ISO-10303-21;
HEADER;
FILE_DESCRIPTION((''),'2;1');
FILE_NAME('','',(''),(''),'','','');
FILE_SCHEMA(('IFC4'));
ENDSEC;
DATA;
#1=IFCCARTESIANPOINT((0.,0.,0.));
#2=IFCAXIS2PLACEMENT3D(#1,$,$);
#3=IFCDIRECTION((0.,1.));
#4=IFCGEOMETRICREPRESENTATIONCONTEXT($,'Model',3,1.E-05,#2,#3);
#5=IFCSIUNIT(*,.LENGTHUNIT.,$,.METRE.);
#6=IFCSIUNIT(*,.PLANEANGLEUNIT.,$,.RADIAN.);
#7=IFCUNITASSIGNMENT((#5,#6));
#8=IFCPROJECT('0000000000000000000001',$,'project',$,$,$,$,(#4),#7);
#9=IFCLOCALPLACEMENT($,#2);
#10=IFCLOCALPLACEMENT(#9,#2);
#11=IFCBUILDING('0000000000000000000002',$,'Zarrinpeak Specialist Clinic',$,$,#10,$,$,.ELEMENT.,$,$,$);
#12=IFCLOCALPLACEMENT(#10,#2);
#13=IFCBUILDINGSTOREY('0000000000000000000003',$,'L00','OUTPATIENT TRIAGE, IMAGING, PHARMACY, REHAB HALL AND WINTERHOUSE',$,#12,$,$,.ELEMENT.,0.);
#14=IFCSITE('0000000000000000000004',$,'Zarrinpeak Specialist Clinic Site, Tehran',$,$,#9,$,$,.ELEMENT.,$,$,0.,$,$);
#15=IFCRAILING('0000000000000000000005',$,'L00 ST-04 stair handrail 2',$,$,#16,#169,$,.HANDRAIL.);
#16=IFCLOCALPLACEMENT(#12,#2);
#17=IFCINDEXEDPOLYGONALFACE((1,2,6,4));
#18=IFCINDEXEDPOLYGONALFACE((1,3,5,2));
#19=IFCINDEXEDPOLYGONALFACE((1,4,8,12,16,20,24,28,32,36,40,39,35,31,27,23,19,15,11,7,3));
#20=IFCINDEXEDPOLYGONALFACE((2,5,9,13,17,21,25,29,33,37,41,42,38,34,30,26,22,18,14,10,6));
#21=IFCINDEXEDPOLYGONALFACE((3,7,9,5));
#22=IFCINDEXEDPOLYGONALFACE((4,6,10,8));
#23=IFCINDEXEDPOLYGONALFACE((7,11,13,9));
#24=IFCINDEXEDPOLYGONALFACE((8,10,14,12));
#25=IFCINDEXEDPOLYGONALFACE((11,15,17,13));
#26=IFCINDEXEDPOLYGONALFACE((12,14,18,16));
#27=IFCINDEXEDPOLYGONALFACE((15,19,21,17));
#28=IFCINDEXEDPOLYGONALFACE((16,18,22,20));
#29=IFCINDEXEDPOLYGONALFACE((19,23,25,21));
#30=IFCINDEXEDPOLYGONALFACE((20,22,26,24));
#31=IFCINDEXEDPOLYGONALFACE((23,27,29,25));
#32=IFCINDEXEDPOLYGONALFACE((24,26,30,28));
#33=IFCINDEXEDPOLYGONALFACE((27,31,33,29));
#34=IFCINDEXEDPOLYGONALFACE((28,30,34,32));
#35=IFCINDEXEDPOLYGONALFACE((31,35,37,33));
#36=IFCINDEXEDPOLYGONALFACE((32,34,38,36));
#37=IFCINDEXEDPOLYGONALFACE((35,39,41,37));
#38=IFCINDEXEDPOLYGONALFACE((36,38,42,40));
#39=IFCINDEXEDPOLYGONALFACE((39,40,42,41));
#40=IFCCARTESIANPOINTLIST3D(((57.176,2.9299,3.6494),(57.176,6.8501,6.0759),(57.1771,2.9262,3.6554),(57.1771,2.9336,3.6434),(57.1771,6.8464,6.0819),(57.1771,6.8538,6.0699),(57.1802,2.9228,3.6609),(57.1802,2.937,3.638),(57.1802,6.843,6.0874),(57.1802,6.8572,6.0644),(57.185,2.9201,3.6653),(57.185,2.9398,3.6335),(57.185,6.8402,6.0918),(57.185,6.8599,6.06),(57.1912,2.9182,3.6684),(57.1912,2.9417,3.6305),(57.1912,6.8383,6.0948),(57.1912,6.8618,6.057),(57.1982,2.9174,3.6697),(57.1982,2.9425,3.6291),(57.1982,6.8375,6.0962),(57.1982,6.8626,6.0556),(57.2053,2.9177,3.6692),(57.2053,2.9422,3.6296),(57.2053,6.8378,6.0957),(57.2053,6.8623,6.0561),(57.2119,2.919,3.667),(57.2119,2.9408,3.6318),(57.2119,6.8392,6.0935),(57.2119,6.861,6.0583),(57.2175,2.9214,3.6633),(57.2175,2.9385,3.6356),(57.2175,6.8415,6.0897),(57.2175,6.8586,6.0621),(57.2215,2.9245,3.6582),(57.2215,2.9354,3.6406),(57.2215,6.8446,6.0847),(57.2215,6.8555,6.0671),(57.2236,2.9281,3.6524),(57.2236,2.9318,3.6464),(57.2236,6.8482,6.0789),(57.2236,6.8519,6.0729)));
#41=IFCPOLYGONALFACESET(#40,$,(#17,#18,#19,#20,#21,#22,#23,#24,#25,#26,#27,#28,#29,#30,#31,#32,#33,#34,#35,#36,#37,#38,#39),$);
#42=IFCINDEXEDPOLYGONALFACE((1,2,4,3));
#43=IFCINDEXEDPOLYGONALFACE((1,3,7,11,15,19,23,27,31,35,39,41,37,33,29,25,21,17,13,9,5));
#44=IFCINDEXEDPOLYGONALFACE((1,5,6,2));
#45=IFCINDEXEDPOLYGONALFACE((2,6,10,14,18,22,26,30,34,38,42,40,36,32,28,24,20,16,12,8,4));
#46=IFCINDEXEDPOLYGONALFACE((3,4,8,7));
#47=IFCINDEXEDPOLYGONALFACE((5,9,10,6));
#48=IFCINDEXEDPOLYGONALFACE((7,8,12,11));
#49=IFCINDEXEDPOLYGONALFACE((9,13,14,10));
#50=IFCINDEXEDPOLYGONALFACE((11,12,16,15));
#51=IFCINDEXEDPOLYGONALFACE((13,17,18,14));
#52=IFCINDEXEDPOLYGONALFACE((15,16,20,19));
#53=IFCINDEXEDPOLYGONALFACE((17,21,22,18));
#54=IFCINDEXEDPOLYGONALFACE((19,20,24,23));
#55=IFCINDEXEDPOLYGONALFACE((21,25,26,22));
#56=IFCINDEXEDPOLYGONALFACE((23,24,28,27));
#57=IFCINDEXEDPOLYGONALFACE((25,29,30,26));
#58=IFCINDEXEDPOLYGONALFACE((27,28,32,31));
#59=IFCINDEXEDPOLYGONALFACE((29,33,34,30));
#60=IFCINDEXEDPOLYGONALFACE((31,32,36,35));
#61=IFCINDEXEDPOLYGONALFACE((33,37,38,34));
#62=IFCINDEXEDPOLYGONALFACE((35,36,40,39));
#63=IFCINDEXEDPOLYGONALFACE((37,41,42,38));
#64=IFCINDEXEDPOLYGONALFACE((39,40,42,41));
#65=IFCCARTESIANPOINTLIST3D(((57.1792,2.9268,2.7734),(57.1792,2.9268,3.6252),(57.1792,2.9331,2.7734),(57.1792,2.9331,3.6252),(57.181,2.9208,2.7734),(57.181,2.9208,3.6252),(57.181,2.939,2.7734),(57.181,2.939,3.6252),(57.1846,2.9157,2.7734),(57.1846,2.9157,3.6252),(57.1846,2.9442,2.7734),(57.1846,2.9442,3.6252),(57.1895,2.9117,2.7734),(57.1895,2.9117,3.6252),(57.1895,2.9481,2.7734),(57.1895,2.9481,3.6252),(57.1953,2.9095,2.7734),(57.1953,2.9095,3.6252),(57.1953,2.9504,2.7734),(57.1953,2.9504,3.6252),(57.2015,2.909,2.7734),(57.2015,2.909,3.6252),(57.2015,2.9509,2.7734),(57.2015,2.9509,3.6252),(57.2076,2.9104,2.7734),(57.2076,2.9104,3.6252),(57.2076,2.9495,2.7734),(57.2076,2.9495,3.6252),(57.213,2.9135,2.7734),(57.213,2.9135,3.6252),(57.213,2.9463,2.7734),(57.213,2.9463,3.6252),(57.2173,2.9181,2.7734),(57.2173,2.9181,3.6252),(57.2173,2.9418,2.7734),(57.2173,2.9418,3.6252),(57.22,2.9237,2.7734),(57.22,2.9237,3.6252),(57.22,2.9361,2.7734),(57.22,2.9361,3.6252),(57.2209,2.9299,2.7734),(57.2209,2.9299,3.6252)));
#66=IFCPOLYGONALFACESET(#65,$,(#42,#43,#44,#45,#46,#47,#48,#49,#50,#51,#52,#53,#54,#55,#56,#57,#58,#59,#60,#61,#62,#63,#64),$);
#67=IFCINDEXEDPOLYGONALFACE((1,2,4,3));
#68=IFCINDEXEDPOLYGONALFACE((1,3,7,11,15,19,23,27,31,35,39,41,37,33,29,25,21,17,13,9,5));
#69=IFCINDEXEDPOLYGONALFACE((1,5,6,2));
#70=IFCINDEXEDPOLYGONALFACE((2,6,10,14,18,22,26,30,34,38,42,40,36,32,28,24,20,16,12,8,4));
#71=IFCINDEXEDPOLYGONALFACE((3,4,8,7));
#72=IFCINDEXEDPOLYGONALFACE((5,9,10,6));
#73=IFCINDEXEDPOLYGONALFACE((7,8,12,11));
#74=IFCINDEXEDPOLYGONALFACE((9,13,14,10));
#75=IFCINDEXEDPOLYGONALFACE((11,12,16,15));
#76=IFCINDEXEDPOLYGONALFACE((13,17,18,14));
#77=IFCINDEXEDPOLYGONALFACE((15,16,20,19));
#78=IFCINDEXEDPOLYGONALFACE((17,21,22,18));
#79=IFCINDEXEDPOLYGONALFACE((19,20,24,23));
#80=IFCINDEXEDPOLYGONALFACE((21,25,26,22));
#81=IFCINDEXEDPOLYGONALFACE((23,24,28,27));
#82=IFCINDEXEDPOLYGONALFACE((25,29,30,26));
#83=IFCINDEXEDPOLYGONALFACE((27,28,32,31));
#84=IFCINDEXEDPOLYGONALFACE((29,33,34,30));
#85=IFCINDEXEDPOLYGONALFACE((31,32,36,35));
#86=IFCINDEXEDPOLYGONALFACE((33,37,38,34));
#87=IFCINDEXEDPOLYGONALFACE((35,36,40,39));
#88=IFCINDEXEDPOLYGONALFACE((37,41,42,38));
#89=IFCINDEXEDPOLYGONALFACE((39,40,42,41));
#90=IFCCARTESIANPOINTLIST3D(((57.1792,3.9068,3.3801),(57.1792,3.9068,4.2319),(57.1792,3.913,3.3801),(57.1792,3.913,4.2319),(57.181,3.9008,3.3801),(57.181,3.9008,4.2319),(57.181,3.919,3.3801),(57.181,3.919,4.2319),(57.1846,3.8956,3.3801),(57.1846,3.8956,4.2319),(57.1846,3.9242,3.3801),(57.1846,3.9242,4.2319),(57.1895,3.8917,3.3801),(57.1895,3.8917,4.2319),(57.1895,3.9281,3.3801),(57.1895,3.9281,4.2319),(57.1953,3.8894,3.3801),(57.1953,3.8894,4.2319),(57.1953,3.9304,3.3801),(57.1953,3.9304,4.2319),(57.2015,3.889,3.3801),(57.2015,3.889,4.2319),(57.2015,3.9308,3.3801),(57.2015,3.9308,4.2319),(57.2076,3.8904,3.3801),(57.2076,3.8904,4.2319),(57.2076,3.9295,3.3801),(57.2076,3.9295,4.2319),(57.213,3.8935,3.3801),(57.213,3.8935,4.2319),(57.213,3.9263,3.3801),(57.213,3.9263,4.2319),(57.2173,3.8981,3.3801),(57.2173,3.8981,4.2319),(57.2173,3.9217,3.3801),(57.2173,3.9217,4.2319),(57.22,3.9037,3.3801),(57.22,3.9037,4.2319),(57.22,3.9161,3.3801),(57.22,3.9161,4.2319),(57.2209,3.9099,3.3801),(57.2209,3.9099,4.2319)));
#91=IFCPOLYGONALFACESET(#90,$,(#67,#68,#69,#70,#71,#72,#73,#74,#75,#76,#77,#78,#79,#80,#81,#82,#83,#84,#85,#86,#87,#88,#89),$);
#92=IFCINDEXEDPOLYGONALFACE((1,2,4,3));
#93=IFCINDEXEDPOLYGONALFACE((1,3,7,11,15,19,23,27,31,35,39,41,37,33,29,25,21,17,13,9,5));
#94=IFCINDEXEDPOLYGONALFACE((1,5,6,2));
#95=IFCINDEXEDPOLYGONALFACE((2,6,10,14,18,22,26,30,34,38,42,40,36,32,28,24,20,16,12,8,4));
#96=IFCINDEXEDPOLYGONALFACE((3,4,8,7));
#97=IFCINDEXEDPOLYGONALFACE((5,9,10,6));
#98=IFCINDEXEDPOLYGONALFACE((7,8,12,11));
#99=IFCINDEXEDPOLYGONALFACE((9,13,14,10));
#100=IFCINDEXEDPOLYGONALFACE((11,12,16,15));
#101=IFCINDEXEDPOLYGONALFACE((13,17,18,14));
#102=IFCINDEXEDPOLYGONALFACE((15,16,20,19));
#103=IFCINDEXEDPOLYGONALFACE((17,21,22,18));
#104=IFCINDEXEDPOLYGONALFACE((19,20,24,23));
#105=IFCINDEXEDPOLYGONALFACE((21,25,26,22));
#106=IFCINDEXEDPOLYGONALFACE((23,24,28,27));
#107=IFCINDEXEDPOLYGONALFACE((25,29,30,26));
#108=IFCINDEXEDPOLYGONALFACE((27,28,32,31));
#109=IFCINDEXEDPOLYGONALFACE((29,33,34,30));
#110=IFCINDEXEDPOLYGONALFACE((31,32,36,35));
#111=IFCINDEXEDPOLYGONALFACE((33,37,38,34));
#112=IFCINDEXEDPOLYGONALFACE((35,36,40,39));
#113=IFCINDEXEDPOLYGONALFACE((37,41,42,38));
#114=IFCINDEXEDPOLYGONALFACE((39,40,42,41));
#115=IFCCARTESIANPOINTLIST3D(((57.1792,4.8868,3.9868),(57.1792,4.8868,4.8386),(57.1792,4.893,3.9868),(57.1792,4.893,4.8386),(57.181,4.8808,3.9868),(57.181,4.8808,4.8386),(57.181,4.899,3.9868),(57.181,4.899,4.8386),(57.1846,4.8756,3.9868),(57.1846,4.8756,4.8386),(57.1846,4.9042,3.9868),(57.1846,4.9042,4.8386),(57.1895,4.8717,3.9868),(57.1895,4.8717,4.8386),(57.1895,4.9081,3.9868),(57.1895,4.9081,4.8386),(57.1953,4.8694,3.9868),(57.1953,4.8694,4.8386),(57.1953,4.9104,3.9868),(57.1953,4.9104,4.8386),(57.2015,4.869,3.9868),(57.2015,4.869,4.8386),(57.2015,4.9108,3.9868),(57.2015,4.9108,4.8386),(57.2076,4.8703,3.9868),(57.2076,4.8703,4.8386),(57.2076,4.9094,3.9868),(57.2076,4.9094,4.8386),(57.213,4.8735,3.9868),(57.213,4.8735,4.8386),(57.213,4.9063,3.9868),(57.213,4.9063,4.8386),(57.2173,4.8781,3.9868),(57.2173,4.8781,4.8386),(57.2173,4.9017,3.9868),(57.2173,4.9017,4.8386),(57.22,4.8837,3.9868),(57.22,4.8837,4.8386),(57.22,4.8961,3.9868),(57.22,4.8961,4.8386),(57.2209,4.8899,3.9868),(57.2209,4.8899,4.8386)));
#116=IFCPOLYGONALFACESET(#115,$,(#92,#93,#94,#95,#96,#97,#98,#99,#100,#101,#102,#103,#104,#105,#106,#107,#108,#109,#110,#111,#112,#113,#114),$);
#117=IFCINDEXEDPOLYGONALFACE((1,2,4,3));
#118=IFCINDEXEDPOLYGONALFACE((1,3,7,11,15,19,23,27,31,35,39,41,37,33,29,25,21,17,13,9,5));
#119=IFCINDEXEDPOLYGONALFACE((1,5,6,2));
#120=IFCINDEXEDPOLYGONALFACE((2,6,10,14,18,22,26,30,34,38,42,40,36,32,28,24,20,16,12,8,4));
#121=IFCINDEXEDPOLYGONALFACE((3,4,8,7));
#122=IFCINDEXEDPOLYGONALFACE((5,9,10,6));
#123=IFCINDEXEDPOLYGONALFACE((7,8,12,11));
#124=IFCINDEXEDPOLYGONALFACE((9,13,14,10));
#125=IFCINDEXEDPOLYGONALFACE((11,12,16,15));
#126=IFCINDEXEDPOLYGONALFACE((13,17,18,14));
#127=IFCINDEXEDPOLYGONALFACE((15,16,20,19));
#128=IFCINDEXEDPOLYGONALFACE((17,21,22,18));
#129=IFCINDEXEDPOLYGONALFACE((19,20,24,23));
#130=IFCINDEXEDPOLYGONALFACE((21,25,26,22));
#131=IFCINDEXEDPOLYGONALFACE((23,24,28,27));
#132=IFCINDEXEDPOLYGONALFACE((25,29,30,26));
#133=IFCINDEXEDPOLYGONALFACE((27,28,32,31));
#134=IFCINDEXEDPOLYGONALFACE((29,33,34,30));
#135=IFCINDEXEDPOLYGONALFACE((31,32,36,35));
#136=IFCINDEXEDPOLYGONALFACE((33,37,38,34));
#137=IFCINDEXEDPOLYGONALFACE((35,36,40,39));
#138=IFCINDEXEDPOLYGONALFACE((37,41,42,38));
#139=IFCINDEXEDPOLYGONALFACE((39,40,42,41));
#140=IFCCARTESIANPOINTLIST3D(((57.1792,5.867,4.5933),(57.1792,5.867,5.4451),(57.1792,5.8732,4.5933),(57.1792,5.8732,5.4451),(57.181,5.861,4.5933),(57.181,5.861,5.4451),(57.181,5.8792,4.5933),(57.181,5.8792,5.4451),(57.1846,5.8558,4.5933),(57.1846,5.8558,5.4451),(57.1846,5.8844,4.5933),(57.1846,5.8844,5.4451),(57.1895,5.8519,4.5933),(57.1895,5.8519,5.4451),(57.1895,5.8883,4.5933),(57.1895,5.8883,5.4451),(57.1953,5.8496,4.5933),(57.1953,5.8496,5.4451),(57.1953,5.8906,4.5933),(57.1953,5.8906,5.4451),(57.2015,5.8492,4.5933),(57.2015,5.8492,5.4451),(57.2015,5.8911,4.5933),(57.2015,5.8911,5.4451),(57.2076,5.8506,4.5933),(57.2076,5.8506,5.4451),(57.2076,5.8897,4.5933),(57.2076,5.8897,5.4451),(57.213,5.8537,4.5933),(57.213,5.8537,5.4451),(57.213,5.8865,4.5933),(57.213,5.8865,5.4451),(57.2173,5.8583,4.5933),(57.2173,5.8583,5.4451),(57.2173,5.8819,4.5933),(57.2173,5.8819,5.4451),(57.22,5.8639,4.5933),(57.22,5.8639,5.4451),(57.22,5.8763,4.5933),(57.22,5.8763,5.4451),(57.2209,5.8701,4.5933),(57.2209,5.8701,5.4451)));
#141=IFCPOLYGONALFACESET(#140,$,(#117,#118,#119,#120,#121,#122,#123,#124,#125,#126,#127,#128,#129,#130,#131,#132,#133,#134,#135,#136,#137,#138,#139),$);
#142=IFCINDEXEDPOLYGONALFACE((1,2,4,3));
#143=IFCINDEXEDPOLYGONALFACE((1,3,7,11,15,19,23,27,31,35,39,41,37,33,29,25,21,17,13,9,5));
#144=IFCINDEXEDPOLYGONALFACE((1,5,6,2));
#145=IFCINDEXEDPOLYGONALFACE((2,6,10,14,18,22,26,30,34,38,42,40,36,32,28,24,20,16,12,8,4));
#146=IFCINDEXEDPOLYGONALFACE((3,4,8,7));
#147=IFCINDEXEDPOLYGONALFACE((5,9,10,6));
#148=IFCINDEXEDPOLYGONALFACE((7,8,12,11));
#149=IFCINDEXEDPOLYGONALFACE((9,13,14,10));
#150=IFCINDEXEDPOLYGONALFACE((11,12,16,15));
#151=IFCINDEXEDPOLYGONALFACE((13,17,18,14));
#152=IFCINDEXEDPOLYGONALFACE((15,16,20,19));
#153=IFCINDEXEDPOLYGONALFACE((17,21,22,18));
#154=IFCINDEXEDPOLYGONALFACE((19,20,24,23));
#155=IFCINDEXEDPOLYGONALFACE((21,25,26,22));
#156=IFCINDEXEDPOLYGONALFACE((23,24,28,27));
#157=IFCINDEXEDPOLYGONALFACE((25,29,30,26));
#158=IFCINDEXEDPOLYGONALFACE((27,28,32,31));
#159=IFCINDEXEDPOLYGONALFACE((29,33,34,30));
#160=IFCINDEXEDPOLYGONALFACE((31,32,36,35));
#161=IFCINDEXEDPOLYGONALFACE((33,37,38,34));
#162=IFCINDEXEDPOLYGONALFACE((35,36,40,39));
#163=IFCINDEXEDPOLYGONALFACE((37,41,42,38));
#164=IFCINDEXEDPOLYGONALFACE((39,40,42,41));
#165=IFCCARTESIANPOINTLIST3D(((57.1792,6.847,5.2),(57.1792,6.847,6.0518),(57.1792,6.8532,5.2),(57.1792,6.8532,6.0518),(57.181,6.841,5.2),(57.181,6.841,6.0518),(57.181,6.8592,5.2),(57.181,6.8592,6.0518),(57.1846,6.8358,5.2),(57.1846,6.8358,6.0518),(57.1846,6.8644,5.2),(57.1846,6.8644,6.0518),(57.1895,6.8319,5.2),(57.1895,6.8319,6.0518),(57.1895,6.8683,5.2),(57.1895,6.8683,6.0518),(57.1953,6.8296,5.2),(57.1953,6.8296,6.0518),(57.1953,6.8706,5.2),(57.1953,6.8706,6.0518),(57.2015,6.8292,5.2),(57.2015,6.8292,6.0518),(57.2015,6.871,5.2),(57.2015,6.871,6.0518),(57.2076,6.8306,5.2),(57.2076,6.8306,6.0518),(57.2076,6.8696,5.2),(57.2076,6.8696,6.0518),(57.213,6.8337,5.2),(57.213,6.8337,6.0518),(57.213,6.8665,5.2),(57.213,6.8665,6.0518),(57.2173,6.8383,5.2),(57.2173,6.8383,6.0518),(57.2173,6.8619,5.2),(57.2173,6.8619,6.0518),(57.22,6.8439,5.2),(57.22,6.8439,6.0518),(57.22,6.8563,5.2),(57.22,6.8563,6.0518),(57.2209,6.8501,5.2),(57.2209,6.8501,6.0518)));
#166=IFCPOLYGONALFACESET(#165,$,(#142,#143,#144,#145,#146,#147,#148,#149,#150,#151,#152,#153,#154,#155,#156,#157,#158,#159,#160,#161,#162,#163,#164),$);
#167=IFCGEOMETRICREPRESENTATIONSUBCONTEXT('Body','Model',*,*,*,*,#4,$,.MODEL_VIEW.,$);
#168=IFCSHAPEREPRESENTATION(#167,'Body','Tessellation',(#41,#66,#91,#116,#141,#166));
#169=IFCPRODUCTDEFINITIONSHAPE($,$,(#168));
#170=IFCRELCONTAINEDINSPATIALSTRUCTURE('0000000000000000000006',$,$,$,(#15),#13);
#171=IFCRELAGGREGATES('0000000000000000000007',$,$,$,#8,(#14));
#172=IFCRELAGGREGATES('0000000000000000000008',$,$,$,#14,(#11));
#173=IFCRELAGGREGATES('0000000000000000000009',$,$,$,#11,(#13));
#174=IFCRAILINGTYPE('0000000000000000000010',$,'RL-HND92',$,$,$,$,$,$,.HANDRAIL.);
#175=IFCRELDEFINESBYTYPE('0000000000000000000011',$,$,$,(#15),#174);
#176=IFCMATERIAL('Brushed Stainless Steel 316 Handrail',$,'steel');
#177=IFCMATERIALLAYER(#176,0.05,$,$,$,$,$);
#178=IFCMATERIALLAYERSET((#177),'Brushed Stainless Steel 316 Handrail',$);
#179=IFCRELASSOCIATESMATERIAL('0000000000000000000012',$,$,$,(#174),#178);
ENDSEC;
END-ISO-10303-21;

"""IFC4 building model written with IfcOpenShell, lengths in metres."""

from ifc_helpers import new_model, si_unit, direction, frame, origin, origin_2d, place, context, subcontext, project, spatial, circle, extrude, material, layer, layer_set, type_object, element, save


model = new_model("IFC4")

# Units and contexts
model_context = context("Model", 3, precision=1e-05, world=origin(), true_north=direction((0.0, 1.0)))
body_context = subcontext(model_context, "Body", "Model", "MODEL_VIEW")
ifc_project = project(units=[si_unit("LENGTHUNIT", "METRE"), si_unit("PLANEANGLEUNIT", "RADIAN")], contexts=[model_context])

# Site, building, storey
site_placement = place(None, origin())
site = spatial("IfcSite", under=ifc_project, at=site_placement, Name="Zarrinpeak Specialist Clinic Site, Tehran", CompositionType="ELEMENT", RefElevation=0.0)
building_placement = place(site_placement, origin())
building = spatial("IfcBuilding", under=site, at=building_placement, Name="Zarrinpeak Specialist Clinic", CompositionType="ELEMENT")
storey_placement = place(building_placement, origin())
storey = spatial("IfcBuildingStorey", under=building, at=storey_placement, Name="L00", Description="OUTPATIENT TRIAGE, IMAGING, PHARMACY, REHAB HALL AND WINTERHOUSE", CompositionType="ELEMENT", Elevation=0.0)

# Railing
ifc_material_1 = material(Name="Brushed Stainless Steel 316 Handrail", Category="steel")
ifc_layer_1 = layer(ifc_material_1, 0.05)
ifc_layer_set_1 = layer_set([ifc_layer_1], Name="Brushed Stainless Steel 316 Handrail")
railing_type_1 = type_object("IfcRailingType", Name="RL-HND92", PredefinedType="HANDRAIL", material=ifc_layer_set_1)
railing_1_placement = place(storey_placement, frame((57.2, 2.9299, 2.7734)))
element("IfcRailing", 1, at=railing_1_placement, inside=storey, type_object=railing_type_1, Name="L00 ST-04 stair handrail 2", PredefinedType="HANDRAIL", context=body_context, shape_type="SweptSolid", body=[
    extrude(circle(Radius=0.0239, at=origin_2d()), frame((0.0, 0.0, 0.876), z_axis=(0.0, 0.85029, 0.526315), x_axis=(-1.0, 0.0, 0.0)), (0.0, 0.0, 1.0), 4.6104),
    extrude(circle(Radius=0.021, at=origin_2d()), origin(), (0.0, 0.0, 1.0), 0.8518),
    extrude(circle(Radius=0.021, at=origin_2d()), frame((0.0, 0.98, 0.6067)), (0.0, 0.0, 1.0), 0.8518),
    extrude(circle(Radius=0.021, at=origin_2d()), frame((0.0, 1.96, 1.2134)), (0.0, 0.0, 1.0), 0.8518),
    extrude(circle(Radius=0.021, at=origin_2d()), frame((0.0, 2.9402, 1.8198)), (0.0, 0.0, 1.0), 0.8518),
    extrude(circle(Radius=0.021, at=origin_2d()), frame((0.0, 3.9202, 2.4265)), (0.0, 0.0, 1.0), 0.8518),
])

save(model, "model.ifc")
